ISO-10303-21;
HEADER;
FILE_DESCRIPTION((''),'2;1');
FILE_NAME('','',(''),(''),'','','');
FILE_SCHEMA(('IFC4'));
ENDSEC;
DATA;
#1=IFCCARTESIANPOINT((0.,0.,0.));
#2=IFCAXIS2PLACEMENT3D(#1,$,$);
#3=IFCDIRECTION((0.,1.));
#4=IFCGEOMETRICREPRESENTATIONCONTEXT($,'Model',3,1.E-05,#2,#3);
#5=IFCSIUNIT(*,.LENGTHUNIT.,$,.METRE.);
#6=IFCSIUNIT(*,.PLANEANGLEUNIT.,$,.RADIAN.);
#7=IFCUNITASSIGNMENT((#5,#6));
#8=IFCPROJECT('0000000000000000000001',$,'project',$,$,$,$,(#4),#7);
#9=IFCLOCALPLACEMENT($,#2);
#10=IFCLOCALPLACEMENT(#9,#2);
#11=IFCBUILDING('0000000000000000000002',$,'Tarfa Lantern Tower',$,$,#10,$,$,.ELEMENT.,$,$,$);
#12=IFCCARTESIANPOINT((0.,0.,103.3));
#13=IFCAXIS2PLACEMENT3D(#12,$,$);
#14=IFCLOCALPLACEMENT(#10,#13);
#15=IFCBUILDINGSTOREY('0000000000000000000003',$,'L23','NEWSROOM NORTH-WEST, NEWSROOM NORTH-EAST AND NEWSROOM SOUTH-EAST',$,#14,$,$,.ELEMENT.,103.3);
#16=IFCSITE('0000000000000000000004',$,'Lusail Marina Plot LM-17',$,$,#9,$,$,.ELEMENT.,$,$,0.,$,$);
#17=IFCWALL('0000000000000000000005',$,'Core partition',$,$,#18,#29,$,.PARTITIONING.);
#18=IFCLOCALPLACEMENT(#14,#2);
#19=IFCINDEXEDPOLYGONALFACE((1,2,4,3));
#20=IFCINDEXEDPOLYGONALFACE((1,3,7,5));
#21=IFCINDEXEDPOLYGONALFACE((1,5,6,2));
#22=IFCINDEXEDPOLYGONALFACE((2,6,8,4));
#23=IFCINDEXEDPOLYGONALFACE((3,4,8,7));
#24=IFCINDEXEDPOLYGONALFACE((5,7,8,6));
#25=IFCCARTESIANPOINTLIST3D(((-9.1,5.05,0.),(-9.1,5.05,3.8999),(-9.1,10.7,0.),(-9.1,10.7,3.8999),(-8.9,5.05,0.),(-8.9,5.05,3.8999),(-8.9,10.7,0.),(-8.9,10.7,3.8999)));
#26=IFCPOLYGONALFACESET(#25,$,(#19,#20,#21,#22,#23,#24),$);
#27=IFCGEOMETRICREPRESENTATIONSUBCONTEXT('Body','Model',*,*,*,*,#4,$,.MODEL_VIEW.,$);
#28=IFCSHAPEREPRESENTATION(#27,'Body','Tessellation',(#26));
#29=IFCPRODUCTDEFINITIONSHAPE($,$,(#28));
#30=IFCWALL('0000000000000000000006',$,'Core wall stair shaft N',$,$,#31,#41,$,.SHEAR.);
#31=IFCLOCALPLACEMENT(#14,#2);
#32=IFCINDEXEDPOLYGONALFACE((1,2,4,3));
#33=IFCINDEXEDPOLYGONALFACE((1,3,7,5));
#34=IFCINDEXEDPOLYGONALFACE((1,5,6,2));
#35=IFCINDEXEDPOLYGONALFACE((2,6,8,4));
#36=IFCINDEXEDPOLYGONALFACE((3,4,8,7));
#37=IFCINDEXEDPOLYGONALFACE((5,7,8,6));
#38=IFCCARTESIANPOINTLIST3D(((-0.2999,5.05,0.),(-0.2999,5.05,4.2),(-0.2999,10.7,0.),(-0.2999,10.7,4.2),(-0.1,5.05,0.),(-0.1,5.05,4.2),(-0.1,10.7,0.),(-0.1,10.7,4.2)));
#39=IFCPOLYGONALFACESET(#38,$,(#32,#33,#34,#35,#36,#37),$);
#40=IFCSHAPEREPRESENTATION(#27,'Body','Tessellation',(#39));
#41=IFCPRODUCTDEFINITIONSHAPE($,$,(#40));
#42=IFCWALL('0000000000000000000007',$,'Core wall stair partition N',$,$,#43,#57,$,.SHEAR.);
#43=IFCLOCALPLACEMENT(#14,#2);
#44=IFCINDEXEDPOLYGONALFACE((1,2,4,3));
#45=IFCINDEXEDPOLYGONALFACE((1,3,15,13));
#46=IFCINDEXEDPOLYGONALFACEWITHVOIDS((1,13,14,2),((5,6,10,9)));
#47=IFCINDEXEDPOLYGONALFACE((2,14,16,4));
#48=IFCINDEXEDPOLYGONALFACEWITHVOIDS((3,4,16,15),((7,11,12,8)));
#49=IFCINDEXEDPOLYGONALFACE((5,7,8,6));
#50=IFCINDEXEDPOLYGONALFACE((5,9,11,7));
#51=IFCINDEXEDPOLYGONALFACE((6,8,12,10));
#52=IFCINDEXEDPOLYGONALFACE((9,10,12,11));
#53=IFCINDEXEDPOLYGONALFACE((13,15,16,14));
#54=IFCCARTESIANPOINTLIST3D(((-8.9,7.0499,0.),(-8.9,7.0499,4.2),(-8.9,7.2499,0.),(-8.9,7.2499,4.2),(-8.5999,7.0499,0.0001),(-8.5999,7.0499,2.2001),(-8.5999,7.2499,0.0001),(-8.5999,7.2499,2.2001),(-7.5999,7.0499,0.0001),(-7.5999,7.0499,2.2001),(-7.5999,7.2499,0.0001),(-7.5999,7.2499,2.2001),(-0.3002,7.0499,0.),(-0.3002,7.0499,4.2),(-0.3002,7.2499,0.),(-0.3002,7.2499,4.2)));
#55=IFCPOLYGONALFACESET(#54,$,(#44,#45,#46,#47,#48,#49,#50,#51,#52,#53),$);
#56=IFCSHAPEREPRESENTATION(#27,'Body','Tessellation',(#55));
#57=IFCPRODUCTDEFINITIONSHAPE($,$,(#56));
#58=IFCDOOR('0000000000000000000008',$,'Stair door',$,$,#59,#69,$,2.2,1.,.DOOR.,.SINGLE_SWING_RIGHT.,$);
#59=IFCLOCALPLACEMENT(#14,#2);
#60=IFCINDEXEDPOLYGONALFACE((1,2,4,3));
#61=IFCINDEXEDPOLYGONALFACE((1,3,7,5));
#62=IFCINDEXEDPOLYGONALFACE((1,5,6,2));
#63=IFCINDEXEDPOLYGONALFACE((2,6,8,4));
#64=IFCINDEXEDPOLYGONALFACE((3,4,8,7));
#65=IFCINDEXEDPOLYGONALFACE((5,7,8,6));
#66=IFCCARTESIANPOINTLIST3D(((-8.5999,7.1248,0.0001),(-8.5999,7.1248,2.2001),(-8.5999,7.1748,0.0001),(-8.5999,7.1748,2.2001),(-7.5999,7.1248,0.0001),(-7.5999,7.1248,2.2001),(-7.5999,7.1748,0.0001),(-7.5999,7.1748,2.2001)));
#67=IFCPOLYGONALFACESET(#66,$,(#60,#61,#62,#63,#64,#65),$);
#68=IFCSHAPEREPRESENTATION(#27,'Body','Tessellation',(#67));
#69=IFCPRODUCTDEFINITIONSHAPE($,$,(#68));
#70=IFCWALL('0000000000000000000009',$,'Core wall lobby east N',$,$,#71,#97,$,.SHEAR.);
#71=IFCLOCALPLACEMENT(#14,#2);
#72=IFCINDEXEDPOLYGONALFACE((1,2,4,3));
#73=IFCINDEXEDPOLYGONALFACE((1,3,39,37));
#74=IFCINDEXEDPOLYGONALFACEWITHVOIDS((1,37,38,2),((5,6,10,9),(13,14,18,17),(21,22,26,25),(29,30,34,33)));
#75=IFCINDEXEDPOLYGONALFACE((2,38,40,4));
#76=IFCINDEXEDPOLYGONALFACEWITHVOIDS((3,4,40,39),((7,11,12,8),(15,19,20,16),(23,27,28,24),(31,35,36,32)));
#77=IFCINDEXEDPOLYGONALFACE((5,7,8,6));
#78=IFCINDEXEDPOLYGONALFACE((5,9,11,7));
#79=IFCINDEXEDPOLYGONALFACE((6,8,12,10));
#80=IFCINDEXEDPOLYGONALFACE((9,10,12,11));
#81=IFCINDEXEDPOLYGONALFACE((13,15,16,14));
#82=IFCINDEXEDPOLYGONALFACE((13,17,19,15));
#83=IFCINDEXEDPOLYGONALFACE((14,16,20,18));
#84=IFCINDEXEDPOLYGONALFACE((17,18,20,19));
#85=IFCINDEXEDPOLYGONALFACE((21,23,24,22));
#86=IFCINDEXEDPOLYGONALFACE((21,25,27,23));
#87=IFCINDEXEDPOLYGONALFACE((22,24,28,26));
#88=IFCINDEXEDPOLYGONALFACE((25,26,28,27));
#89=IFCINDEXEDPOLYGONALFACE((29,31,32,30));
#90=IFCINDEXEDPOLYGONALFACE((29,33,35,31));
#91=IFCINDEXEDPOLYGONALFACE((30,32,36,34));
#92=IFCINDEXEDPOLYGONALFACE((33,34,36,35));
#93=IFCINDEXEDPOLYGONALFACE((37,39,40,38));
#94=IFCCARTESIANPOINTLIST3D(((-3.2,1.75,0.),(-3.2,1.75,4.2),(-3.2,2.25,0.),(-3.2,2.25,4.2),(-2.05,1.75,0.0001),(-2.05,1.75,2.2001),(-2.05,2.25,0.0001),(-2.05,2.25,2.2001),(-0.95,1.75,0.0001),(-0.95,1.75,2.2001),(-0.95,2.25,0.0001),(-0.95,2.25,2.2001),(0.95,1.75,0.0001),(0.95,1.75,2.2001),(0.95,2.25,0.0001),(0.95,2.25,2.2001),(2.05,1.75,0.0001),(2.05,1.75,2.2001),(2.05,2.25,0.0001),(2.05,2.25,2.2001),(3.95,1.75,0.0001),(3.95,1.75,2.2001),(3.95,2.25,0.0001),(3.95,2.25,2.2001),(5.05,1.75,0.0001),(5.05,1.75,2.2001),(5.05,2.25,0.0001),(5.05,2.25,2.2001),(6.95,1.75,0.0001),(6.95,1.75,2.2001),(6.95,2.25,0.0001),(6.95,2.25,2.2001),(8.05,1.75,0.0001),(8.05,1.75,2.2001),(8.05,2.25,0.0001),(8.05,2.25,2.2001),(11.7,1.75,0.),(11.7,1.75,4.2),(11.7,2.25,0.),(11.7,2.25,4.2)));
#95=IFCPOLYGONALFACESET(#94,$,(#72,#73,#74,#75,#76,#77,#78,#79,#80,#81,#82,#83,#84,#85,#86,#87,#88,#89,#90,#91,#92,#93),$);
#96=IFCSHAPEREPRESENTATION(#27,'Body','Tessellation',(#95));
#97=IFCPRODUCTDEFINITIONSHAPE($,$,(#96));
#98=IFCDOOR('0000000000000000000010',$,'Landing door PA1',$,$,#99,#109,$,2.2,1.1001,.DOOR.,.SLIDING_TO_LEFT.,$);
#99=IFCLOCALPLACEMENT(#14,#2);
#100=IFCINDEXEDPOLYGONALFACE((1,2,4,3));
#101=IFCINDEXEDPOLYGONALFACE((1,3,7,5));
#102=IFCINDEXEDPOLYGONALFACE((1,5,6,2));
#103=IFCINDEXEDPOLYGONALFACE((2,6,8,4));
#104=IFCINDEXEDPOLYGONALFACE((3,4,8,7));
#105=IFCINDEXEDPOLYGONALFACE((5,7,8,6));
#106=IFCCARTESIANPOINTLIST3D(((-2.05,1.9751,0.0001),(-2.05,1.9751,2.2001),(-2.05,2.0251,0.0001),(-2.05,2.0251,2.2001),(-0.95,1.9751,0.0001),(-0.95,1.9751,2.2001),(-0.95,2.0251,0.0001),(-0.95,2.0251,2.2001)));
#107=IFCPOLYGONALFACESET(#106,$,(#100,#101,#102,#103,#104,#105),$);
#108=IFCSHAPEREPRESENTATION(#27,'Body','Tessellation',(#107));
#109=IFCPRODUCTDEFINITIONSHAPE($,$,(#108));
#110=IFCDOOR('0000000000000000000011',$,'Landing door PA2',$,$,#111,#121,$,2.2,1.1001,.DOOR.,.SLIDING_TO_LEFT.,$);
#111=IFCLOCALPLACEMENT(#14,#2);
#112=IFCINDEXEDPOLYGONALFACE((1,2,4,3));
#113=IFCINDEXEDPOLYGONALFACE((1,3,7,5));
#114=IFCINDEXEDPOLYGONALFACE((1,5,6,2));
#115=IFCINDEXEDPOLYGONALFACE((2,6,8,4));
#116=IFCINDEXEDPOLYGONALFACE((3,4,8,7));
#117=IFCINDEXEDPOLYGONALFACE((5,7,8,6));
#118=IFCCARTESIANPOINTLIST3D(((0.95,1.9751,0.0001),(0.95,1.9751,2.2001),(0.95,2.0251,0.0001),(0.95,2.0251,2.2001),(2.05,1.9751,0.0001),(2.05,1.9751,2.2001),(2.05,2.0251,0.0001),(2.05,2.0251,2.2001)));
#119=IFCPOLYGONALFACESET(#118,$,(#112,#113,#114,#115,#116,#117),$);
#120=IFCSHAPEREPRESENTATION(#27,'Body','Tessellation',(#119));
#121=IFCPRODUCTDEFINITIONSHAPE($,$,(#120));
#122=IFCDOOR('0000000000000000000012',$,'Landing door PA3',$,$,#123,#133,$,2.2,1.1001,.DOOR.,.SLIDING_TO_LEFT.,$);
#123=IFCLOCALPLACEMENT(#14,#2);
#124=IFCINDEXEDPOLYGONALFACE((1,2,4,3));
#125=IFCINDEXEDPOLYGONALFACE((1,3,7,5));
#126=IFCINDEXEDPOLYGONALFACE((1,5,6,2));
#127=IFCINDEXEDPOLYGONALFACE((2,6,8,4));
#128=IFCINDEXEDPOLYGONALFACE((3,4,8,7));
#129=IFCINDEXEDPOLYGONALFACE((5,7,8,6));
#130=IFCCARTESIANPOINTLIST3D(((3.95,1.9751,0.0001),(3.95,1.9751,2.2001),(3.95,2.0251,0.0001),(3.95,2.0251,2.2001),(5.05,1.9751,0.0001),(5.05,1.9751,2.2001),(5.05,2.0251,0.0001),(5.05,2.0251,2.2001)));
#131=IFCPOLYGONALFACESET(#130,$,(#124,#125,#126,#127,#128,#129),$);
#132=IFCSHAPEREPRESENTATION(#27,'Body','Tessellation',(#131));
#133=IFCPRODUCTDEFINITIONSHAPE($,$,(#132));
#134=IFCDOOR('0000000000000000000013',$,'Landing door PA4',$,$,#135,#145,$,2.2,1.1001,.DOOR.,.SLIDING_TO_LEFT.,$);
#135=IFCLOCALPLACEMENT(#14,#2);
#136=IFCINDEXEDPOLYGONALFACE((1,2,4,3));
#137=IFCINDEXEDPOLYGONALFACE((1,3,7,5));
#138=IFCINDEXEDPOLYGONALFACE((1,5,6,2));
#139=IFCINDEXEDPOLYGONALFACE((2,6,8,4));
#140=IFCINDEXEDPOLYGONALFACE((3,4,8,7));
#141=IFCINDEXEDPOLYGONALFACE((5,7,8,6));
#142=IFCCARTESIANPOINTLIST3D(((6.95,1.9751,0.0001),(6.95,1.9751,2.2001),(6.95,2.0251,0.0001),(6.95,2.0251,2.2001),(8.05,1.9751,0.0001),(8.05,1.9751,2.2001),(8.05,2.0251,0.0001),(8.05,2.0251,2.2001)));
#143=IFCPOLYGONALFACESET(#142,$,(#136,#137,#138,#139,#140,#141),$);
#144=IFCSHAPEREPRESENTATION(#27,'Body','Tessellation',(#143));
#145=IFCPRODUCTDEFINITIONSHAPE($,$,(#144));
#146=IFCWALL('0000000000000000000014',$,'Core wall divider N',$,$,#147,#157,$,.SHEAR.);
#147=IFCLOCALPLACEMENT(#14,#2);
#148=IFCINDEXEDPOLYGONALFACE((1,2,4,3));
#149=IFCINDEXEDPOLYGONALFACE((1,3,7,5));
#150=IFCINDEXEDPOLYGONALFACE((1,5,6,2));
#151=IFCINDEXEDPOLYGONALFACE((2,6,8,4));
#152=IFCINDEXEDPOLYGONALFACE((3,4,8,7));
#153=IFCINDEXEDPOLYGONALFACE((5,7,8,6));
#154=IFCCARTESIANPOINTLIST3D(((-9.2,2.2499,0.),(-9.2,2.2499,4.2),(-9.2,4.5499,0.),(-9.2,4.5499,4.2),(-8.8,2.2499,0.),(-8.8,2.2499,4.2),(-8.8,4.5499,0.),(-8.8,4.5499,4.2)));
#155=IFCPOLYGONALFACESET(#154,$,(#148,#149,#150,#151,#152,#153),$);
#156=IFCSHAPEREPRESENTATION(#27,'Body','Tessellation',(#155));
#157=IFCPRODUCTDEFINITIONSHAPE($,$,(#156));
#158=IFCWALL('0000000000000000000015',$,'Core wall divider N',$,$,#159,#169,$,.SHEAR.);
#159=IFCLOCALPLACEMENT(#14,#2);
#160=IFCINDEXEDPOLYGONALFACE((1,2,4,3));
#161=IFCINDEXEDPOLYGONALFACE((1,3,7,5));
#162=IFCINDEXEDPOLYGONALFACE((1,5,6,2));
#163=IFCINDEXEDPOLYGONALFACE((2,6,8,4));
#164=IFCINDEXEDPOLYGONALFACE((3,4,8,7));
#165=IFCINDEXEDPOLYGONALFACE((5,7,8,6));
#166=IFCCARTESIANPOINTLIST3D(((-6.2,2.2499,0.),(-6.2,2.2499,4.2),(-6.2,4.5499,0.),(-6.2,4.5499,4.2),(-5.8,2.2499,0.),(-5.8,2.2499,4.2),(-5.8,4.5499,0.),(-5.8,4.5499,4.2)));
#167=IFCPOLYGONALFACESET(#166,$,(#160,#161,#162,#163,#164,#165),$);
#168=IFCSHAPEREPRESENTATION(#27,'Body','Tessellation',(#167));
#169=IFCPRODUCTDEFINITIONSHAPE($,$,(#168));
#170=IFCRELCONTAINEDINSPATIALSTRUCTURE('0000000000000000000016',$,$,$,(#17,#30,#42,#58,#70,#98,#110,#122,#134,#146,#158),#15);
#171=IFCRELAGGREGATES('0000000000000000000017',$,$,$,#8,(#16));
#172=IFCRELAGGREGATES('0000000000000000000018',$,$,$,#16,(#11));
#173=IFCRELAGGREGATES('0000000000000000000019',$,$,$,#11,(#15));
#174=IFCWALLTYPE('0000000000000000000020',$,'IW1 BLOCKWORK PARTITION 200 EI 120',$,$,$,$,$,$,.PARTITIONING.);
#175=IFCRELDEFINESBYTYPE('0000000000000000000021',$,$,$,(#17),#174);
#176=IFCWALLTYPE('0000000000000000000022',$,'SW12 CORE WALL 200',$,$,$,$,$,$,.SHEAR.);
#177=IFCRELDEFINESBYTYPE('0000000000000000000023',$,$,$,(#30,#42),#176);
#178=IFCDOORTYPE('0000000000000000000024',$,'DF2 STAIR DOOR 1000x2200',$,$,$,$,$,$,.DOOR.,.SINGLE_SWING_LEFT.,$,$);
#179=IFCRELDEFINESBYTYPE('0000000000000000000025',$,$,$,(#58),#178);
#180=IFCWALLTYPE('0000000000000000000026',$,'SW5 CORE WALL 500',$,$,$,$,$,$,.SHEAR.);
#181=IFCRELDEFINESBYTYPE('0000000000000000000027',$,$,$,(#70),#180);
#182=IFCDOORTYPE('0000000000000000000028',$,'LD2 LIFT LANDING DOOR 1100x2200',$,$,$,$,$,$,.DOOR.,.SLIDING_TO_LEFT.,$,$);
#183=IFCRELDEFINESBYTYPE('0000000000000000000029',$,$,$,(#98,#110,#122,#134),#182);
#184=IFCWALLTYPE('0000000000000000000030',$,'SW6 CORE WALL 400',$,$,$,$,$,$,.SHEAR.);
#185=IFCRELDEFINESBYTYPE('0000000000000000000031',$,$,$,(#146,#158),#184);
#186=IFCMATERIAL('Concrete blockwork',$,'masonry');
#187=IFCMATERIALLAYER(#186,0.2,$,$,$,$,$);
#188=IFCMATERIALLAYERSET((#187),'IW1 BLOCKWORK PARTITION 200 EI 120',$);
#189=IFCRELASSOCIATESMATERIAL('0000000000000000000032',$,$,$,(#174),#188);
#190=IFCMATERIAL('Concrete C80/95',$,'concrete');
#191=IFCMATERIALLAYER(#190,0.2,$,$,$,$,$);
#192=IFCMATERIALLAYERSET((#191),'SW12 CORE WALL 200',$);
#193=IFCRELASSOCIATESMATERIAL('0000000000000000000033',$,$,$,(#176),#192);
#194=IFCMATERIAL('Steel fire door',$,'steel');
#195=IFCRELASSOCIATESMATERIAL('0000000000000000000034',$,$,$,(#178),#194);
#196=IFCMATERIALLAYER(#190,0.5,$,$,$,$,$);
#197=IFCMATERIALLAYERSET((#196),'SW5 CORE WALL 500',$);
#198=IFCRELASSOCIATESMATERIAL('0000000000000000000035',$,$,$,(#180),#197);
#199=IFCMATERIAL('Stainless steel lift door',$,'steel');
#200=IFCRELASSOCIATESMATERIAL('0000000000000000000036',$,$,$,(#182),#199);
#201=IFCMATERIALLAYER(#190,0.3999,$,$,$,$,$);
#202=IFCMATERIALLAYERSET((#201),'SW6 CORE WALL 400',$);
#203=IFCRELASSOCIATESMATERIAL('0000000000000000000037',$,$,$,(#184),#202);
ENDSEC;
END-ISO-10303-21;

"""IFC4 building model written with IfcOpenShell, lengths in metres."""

from ifc_helpers import new_model, si_unit, direction, frame, frame_2d, origin, place, context, subcontext, project, spatial, rectangle, extrude, material, layer, layer_set, type_object, element, fill, save


model = new_model("IFC4")

# Units and contexts
model_context = context("Model", 3, precision=1e-05, world=origin(), true_north=direction((0.0, 1.0)))
body_context = subcontext(model_context, "Body", "Model", "MODEL_VIEW")
ifc_project = project(units=[si_unit("LENGTHUNIT", "METRE"), si_unit("PLANEANGLEUNIT", "RADIAN")], contexts=[model_context])

# Site, building, storey
site_placement = place(None, origin())
site = spatial("IfcSite", under=ifc_project, at=site_placement, Name="Lusail Marina Plot LM-17", CompositionType="ELEMENT", RefElevation=0.0)
building_placement = place(site_placement, origin())
building = spatial("IfcBuilding", under=site, at=building_placement, Name="Tarfa Lantern Tower", CompositionType="ELEMENT")
storey_placement = place(building_placement, frame((0.0, 0.0, 103.3)))
storey = spatial("IfcBuildingStorey", under=building, at=storey_placement, Name="L23", Description="NEWSROOM NORTH-WEST, NEWSROOM NORTH-EAST AND NEWSROOM SOUTH-EAST", CompositionType="ELEMENT", Elevation=103.3)

# Walls
ifc_material_1 = material(Name="Concrete blockwork", Category="masonry")
ifc_layer_1 = layer(ifc_material_1, 0.2)
ifc_layer_set_1 = layer_set([ifc_layer_1], Name="IW1 BLOCKWORK PARTITION 200 EI 120")
wall_type_1 = type_object("IfcWallType", Name="IW1 BLOCKWORK PARTITION 200 EI 120", PredefinedType="PARTITIONING", material=ifc_layer_set_1)
wall_1_placement = place(storey_placement, frame((-9.0, 5.05, 0.0), z_axis=(0.0, 0.0, 1.0), x_axis=(0.0, 1.0, 0.0)))
element("IfcWall", 1, at=wall_1_placement, inside=storey, type_object=wall_type_1, Name="Core partition", PredefinedType="PARTITIONING", context=body_context, shape_type="SweptSolid", body=[
    extrude(rectangle(XDim=5.6499, YDim=0.2, at=frame_2d((2.825, 0.0))), origin(), (0.0, 0.0, 1.0), 3.8999),
])
ifc_material_2 = material(Name="Concrete C80/95", Category="concrete")
ifc_layer_2 = layer(ifc_material_2, 0.2)
ifc_layer_set_2 = layer_set([ifc_layer_2], Name="SW12 CORE WALL 200")
wall_type_2 = type_object("IfcWallType", Name="SW12 CORE WALL 200", PredefinedType="SHEAR", material=ifc_layer_set_2)
wall_2_placement = place(storey_placement, frame((-0.2, 5.05, 0.0), z_axis=(0.0, 0.0, 1.0), x_axis=(0.0, 1.0, 0.0)))
element("IfcWall", 2, at=wall_2_placement, inside=storey, type_object=wall_type_2, Name="Core wall stair shaft N", PredefinedType="SHEAR", context=body_context, shape_type="SweptSolid", body=[
    extrude(rectangle(XDim=5.6499, YDim=0.2, at=frame_2d((2.825, 0.0))), origin(), (0.0, 0.0, 1.0), 4.2),
])

# Wall, opening, door
wall_3_placement = place(storey_placement, frame((-8.8999, 7.1499, 0.0), z_axis=(0.0, 0.0, 1.0), x_axis=(1.0, 0.0, 0.0)))
wall_3 = element("IfcWall", 3, at=wall_3_placement, inside=storey, type_object=wall_type_2, Name="Core wall stair partition N", PredefinedType="SHEAR", context=body_context, shape_type="SweptSolid", body=[
    extrude(rectangle(XDim=8.5999, YDim=0.2, at=frame_2d((4.2998, 0.0))), origin(), (0.0, 0.0, 1.0), 4.2),
])
opening_1_placement = place(wall_3_placement, frame((0.3, 0.0, 0.0)))
opening_1 = element("IfcOpeningElement", 4, at=opening_1_placement, cuts=wall_3, PredefinedType="OPENING", context=body_context, shape_type="SweptSolid", body=[
    extrude(rectangle(XDim=1.0, YDim=2.2, at=frame_2d((0.5, 1.1001))), frame((0.0, 0.1099, 0.0), z_axis=(0.0, -1.0, 0.0), x_axis=(1.0, 0.0, 0.0)), (0.0, 0.0, 1.0), 0.22),
])
ifc_material_3 = material(Name="Steel fire door", Category="steel")
door_type_1 = type_object("IfcDoorType", Name="DF2 STAIR DOOR 1000x2200", OperationType="SINGLE_SWING_LEFT", PredefinedType="DOOR", material=ifc_material_3)
door_1_placement = place(opening_1_placement, origin())
door_1 = element("IfcDoor", 5, at=door_1_placement, inside=storey, type_object=door_type_1, Name="Stair door", OperationType="SINGLE_SWING_RIGHT", OverallHeight=2.2, OverallWidth=1.0, PredefinedType="DOOR", context=body_context, shape_type="SweptSolid", body=[
    extrude(rectangle(XDim=1.0, YDim=2.2, at=frame_2d((0.5, 1.1001))), frame((0.0, 0.0249, 0.0), z_axis=(0.0, -1.0, 0.0), x_axis=(1.0, 0.0, 0.0)), (0.0, 0.0, 1.0), 0.05),
])
fill(opening_1, door_1)

# Wall, openings, doors
ifc_layer_3 = layer(ifc_material_2, 0.5)
ifc_layer_set_3 = layer_set([ifc_layer_3], Name="SW5 CORE WALL 500")
wall_type_3 = type_object("IfcWallType", Name="SW5 CORE WALL 500", PredefinedType="SHEAR", material=ifc_layer_set_3)
wall_4_placement = place(storey_placement, frame((-3.2, 2.0, 0.0), z_axis=(0.0, 0.0, 1.0), x_axis=(1.0, 0.0, 0.0)))
wall_4 = element("IfcWall", 6, at=wall_4_placement, inside=storey, type_object=wall_type_3, Name="Core wall lobby east N", PredefinedType="SHEAR", context=body_context, shape_type="SweptSolid", body=[
    extrude(rectangle(XDim=14.8999, YDim=0.5, at=frame_2d((7.45, 0.0))), origin(), (0.0, 0.0, 1.0), 4.2),
])
opening_2_placement = place(wall_4_placement, frame((1.1499, 0.0, 0.0)))
opening_2 = element("IfcOpeningElement", 7, at=opening_2_placement, cuts=wall_4, PredefinedType="OPENING", context=body_context, shape_type="SweptSolid", body=[
    extrude(rectangle(XDim=1.1001, YDim=2.2, at=frame_2d((0.55, 1.1001))), frame((0.0, 0.26, 0.0), z_axis=(0.0, -1.0, 0.0), x_axis=(1.0, 0.0, 0.0)), (0.0, 0.0, 1.0), 0.52),
])
opening_3_placement = place(wall_4_placement, frame((4.1499, 0.0, 0.0)))
opening_3 = element("IfcOpeningElement", 8, at=opening_3_placement, cuts=wall_4, PredefinedType="OPENING", context=body_context, shape_type="SweptSolid", body=[
    extrude(rectangle(XDim=1.1001, YDim=2.2, at=frame_2d((0.55, 1.1001))), frame((0.0, 0.26, 0.0), z_axis=(0.0, -1.0, 0.0), x_axis=(1.0, 0.0, 0.0)), (0.0, 0.0, 1.0), 0.52),
])
opening_4_placement = place(wall_4_placement, frame((7.1499, 0.0, 0.0)))
opening_4 = element("IfcOpeningElement", 9, at=opening_4_placement, cuts=wall_4, PredefinedType="OPENING", context=body_context, shape_type="SweptSolid", body=[
    extrude(rectangle(XDim=1.1001, YDim=2.2, at=frame_2d((0.55, 1.1001))), frame((0.0, 0.26, 0.0), z_axis=(0.0, -1.0, 0.0), x_axis=(1.0, 0.0, 0.0)), (0.0, 0.0, 1.0), 0.52),
])
opening_5_placement = place(wall_4_placement, frame((10.1499, 0.0, 0.0)))
opening_5 = element("IfcOpeningElement", 10, at=opening_5_placement, cuts=wall_4, PredefinedType="OPENING", context=body_context, shape_type="SweptSolid", body=[
    extrude(rectangle(XDim=1.1001, YDim=2.2, at=frame_2d((0.55, 1.1001))), frame((0.0, 0.26, 0.0), z_axis=(0.0, -1.0, 0.0), x_axis=(1.0, 0.0, 0.0)), (0.0, 0.0, 1.0), 0.52),
])
ifc_material_4 = material(Name="Stainless steel lift door", Category="steel")
door_type_2 = type_object("IfcDoorType", Name="LD2 LIFT LANDING DOOR 1100x2200", OperationType="SLIDING_TO_LEFT", PredefinedType="DOOR", material=ifc_material_4)
door_2_placement = place(opening_2_placement, frame((1.1001, 0.0, 0.0), z_axis=(0.0, 0.0, 1.0), x_axis=(-1.0, 0.0, 0.0)))
door_2 = element("IfcDoor", 11, at=door_2_placement, inside=storey, type_object=door_type_2, Name="Landing door PA1", OperationType="SLIDING_TO_LEFT", OverallHeight=2.2, OverallWidth=1.1001, PredefinedType="DOOR", context=body_context, shape_type="SweptSolid", body=[
    extrude(rectangle(XDim=1.1001, YDim=2.2, at=frame_2d((0.55, 1.1001))), frame((0.0, 0.0249, 0.0), z_axis=(0.0, -1.0, 0.0), x_axis=(1.0, 0.0, 0.0)), (0.0, 0.0, 1.0), 0.05),
])
fill(opening_2, door_2)
door_3_placement = place(opening_3_placement, frame((1.1001, 0.0, 0.0), z_axis=(0.0, 0.0, 1.0), x_axis=(-1.0, 0.0, 0.0)))
door_3 = element("IfcDoor", 12, at=door_3_placement, inside=storey, type_object=door_type_2, Name="Landing door PA2", OperationType="SLIDING_TO_LEFT", OverallHeight=2.2, OverallWidth=1.1001, PredefinedType="DOOR", context=body_context, shape_type="SweptSolid", body=[
    extrude(rectangle(XDim=1.1001, YDim=2.2, at=frame_2d((0.55, 1.1001))), frame((0.0, 0.0249, 0.0), z_axis=(0.0, -1.0, 0.0), x_axis=(1.0, 0.0, 0.0)), (0.0, 0.0, 1.0), 0.05),
])
fill(opening_3, door_3)
door_4_placement = place(opening_4_placement, frame((1.1001, 0.0, 0.0), z_axis=(0.0, 0.0, 1.0), x_axis=(-1.0, 0.0, 0.0)))
door_4 = element("IfcDoor", 13, at=door_4_placement, inside=storey, type_object=door_type_2, Name="Landing door PA3", OperationType="SLIDING_TO_LEFT", OverallHeight=2.2, OverallWidth=1.1001, PredefinedType="DOOR", context=body_context, shape_type="SweptSolid", body=[
    extrude(rectangle(XDim=1.1001, YDim=2.2, at=frame_2d((0.55, 1.1001))), frame((0.0, 0.0249, 0.0), z_axis=(0.0, -1.0, 0.0), x_axis=(1.0, 0.0, 0.0)), (0.0, 0.0, 1.0), 0.05),
])
fill(opening_4, door_4)
door_5_placement = place(opening_5_placement, frame((1.1001, 0.0, 0.0), z_axis=(0.0, 0.0, 1.0), x_axis=(-1.0, 0.0, 0.0)))
door_5 = element("IfcDoor", 14, at=door_5_placement, inside=storey, type_object=door_type_2, Name="Landing door PA4", OperationType="SLIDING_TO_LEFT", OverallHeight=2.2, OverallWidth=1.1001, PredefinedType="DOOR", context=body_context, shape_type="SweptSolid", body=[
    extrude(rectangle(XDim=1.1001, YDim=2.2, at=frame_2d((0.55, 1.1001))), frame((0.0, 0.0249, 0.0), z_axis=(0.0, -1.0, 0.0), x_axis=(1.0, 0.0, 0.0)), (0.0, 0.0, 1.0), 0.05),
])
fill(opening_5, door_5)

# Walls
ifc_layer_4 = layer(ifc_material_2, 0.3999)
ifc_layer_set_4 = layer_set([ifc_layer_4], Name="SW6 CORE WALL 400")
wall_type_4 = type_object("IfcWallType", Name="SW6 CORE WALL 400", PredefinedType="SHEAR", material=ifc_layer_set_4)
for number, where, z_axis, x_axis, name in (
    (15, (-9.0, 2.25, 0.0), (0.0, 0.0, 1.0), (0.0, 1.0, 0.0), "Core wall divider N"),
    (16, (-6.0, 2.25, 0.0), (0.0, 0.0, 1.0), (0.0, 1.0, 0.0), "Core wall divider N"),
):
    element("IfcWall", number, at=place(storey_placement, frame(where, z_axis=z_axis, x_axis=x_axis)), inside=storey, type_object=wall_type_4, Name=name, PredefinedType="SHEAR", context=body_context, shape_type="SweptSolid", body=[
        extrude(rectangle(XDim=2.3, YDim=0.3999, at=frame_2d((1.1499, 0.0))), origin(), (0.0, 0.0, 1.0), 4.2),
    ])

save(model, "model.ifc")
